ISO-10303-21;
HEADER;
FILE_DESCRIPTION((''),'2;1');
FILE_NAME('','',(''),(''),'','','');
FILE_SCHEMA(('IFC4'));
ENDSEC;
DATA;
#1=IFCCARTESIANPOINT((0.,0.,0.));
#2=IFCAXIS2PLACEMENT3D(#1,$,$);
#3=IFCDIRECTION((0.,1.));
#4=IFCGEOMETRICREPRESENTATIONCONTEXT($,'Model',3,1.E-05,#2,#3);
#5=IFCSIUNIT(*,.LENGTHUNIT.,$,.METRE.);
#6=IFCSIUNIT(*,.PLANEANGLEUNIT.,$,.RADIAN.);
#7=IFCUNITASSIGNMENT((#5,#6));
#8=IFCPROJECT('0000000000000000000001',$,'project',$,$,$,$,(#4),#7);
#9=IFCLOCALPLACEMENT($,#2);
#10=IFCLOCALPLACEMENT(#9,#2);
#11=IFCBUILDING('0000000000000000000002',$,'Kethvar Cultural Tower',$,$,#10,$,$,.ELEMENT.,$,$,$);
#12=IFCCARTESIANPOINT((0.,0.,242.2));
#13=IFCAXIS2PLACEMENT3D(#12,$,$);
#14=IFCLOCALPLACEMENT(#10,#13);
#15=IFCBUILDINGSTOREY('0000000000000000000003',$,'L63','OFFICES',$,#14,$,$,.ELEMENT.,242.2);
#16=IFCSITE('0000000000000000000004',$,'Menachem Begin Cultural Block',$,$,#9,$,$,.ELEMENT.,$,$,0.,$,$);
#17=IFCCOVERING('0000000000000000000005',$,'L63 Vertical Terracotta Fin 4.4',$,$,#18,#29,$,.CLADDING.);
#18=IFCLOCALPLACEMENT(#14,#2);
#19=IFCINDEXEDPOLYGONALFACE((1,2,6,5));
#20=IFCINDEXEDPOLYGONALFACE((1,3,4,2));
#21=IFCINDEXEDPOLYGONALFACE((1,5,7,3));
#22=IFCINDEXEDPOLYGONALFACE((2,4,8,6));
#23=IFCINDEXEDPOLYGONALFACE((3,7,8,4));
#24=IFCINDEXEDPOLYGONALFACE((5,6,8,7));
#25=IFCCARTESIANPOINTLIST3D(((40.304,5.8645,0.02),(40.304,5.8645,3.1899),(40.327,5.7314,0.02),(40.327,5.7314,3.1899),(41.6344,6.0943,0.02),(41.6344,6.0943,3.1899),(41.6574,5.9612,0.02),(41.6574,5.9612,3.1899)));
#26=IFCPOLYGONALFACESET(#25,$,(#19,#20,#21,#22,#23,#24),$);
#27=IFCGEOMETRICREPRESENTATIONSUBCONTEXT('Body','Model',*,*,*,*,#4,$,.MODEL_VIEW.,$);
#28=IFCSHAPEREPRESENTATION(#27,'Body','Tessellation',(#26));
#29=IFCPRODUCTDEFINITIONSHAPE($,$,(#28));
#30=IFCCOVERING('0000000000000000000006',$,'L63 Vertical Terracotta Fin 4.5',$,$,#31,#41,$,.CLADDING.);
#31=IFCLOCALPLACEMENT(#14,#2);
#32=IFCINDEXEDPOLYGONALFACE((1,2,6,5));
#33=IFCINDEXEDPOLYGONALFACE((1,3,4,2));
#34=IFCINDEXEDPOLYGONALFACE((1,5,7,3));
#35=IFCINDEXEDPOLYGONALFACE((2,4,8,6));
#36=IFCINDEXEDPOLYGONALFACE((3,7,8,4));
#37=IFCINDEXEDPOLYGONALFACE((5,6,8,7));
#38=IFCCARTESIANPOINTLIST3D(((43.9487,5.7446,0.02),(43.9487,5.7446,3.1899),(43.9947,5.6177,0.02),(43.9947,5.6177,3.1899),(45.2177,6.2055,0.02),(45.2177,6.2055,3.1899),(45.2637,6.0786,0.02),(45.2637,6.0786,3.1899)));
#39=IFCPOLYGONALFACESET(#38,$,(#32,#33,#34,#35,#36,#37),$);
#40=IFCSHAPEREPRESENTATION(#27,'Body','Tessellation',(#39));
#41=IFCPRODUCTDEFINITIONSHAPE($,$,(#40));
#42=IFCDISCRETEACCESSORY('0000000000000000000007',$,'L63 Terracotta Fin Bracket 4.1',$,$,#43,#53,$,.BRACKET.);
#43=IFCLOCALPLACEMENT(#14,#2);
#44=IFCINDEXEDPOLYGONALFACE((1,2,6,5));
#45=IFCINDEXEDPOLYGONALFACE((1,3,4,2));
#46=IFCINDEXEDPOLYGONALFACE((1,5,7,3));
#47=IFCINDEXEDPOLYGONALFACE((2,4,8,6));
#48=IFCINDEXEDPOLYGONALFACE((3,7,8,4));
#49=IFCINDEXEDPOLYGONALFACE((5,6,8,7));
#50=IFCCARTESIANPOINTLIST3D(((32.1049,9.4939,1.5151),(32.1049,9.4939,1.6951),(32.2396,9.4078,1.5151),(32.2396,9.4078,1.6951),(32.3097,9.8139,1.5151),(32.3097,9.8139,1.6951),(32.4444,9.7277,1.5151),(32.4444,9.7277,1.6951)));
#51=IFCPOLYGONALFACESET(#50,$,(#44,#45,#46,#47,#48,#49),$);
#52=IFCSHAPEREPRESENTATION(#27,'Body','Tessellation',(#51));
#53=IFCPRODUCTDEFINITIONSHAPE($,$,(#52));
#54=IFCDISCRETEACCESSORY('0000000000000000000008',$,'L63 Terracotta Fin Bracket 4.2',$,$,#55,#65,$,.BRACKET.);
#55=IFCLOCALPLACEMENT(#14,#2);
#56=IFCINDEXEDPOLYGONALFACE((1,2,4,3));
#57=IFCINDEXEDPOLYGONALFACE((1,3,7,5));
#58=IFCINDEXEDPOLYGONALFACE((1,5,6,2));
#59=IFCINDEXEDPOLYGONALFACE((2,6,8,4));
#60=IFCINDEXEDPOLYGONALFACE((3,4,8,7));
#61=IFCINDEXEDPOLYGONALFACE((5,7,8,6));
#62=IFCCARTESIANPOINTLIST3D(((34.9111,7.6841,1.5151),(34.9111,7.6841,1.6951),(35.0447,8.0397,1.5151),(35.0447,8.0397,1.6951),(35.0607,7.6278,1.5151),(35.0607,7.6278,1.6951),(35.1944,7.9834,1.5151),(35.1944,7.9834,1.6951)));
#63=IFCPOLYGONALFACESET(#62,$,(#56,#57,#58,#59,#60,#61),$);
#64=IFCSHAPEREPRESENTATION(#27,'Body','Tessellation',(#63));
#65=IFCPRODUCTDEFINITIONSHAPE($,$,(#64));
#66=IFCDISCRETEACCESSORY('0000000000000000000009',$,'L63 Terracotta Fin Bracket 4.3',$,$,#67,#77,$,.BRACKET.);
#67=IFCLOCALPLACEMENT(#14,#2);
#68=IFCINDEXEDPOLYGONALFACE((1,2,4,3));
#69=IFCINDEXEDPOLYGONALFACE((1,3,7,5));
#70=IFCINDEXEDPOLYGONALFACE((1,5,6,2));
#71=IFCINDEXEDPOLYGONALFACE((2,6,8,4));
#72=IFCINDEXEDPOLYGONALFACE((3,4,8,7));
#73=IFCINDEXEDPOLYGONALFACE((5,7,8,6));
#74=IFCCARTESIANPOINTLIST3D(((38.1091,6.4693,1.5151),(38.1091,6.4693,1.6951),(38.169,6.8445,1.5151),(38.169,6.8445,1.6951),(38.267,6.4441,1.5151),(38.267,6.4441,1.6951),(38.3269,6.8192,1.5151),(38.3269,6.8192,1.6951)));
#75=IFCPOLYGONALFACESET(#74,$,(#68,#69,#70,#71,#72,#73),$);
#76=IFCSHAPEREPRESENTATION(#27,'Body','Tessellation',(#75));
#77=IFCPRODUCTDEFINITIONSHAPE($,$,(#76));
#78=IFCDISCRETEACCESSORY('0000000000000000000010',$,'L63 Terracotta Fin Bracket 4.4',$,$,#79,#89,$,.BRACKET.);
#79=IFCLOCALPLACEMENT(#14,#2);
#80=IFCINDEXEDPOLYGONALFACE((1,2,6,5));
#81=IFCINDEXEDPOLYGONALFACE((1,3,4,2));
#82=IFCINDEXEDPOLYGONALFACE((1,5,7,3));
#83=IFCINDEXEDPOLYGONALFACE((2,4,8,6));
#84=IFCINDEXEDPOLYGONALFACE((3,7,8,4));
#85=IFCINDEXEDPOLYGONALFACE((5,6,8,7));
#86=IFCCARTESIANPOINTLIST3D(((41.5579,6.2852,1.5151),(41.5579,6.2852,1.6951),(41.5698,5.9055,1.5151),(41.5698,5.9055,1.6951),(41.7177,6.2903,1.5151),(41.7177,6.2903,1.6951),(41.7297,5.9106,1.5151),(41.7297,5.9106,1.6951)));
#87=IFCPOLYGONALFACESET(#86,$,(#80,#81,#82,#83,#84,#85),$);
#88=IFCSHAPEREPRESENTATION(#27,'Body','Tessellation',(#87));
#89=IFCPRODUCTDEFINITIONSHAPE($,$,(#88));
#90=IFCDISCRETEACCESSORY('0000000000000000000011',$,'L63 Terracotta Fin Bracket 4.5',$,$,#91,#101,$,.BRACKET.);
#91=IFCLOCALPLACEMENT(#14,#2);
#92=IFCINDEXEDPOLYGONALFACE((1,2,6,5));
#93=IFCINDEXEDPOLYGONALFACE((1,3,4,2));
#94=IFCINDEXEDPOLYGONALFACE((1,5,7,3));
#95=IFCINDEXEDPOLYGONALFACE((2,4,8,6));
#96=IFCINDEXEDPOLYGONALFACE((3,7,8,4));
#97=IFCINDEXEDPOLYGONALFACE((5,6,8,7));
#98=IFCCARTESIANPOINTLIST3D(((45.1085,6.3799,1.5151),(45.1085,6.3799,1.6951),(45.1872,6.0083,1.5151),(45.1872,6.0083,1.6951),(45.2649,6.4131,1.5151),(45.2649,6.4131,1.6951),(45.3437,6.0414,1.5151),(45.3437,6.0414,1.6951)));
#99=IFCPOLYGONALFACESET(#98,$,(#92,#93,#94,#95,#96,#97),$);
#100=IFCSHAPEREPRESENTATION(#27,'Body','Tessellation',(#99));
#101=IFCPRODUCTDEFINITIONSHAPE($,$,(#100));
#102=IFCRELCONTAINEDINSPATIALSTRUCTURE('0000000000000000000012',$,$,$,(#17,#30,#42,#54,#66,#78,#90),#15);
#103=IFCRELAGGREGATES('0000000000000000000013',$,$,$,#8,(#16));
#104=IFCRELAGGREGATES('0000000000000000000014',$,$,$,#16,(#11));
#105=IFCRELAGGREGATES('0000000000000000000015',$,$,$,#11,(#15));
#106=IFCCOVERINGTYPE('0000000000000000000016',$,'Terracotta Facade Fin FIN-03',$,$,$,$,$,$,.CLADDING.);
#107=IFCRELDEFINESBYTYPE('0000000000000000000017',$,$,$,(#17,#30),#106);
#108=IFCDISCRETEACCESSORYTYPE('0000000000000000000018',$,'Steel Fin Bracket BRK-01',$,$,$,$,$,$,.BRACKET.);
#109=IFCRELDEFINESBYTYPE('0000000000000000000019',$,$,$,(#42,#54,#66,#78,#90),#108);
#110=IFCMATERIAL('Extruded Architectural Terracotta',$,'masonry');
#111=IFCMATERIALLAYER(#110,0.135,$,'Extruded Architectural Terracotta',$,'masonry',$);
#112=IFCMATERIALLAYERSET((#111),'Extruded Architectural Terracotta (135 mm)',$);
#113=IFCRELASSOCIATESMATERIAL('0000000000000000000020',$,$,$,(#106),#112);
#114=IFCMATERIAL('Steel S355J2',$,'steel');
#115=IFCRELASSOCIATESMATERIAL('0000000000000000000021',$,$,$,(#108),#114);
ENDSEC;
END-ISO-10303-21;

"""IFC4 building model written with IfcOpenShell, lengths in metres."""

from ifc_helpers import new_model, si_unit, direction, frame, origin, origin_2d, place, context, subcontext, project, spatial, rectangle, extrude, source, transform, mapped, material, layer, layer_set, type_object, element, save


model = new_model("IFC4")

# Units and contexts
model_context = context("Model", 3, precision=1e-05, world=origin(), true_north=direction((0.0, 1.0)))
body_context = subcontext(model_context, "Body", "Model", "MODEL_VIEW")
ifc_project = project(units=[si_unit("LENGTHUNIT", "METRE"), si_unit("PLANEANGLEUNIT", "RADIAN")], contexts=[model_context])

# Site, building, storey
site_placement = place(None, origin())
site = spatial("IfcSite", under=ifc_project, at=site_placement, Name="Menachem Begin Cultural Block", CompositionType="ELEMENT", RefElevation=0.0)
building_placement = place(site_placement, origin())
building = spatial("IfcBuilding", under=site, at=building_placement, Name="Kethvar Cultural Tower", CompositionType="ELEMENT")
storey_placement = place(building_placement, frame((0.0, 0.0, 242.2)))
storey = spatial("IfcBuildingStorey", under=building, at=storey_placement, Name="L63", Description="OFFICES", CompositionType="ELEMENT", Elevation=242.2)

# Shared definitions
ifc_material_1 = material(Name="Steel S355J2", Category="steel")

# Coverings
ifc_material_2 = material(Name="Extruded Architectural Terracotta", Category="masonry")
ifc_layer_1 = layer(ifc_material_2, 0.135, Name="Extruded Architectural Terracotta", Category="masonry")
ifc_layer_set_1 = layer_set([ifc_layer_1], Name="Extruded Architectural Terracotta (135 mm)")
covering_type = type_object("IfcCoveringType", Name="Terracotta Facade Fin FIN-03", PredefinedType="CLADDING", material=ifc_layer_set_1)
shared_shape_1 = source(origin(), body_context, "Body", "SweptSolid", [
    extrude(rectangle(XDim=1.3501, YDim=0.135, at=origin_2d()), origin(), (0.0, 0.0, 1.0), 3.1699),
])
for number, where, z_axis, x_axis, name in (
    (1, (40.9807, 5.9128, 0.02), (0.0, 0.0, 1.0), (-0.985408, -0.170209, 0.0), "L63 Vertical Terracotta Fin 4.4"),
    (2, (44.6062, 5.9116, 0.02), (0.0, 0.0, 1.0), (-0.939931, -0.341364, 0.0), "L63 Vertical Terracotta Fin 4.5"),
):
    element("IfcCovering", number, at=place(storey_placement, frame(where, z_axis=z_axis, x_axis=x_axis)), inside=storey, type_object=covering_type, Name=name, PredefinedType="CLADDING", context=body_context, shape_type="MappedRepresentation", body=[
        mapped(shared_shape_1, transform((0.0, 0.0, 0.0), scale=1.0)),
    ])

# Discrete accessories
discrete_accessory_type = type_object("IfcDiscreteAccessoryType", Name="Steel Fin Bracket BRK-01", PredefinedType="BRACKET", material=ifc_material_1)
shared_shape_2 = source(origin(), body_context, "Body", "SweptSolid", [
    extrude(rectangle(XDim=0.3799, YDim=0.1599, at=origin_2d()), origin(), (0.0, 0.0, 1.0), 0.1799),
])
for number, where, z_axis, x_axis, name in (
    (3, (32.2747, 9.6108, 1.5151), (0.0, 0.0, 1.0), (-0.538918, -0.842358, 0.0), "L63 Terracotta Fin Bracket 4.1"),
    (4, (35.0527, 7.8337, 1.5151), (0.0, 0.0, 1.0), (-0.351842, -0.93606, 0.0), "L63 Terracotta Fin Bracket 4.2"),
    (5, (38.218, 6.6443, 1.5151), (0.0, 0.0, 1.0), (-0.157641, -0.987496, 0.0), "L63 Terracotta Fin Bracket 4.3"),
    (6, (41.6438, 6.0979, 1.5151), (0.0, 0.0, 1.0), (0.031411, -0.999507, 0.0), "L63 Terracotta Fin Bracket 4.4"),
    (7, (45.2261, 6.2107, 1.5151), (0.0, 0.0, 1.0), (0.207229, -0.978293, 0.0), "L63 Terracotta Fin Bracket 4.5"),
):
    element("IfcDiscreteAccessory", number, at=place(storey_placement, frame(where, z_axis=z_axis, x_axis=x_axis)), inside=storey, type_object=discrete_accessory_type, Name=name, PredefinedType="BRACKET", context=body_context, shape_type="MappedRepresentation", body=[
        mapped(shared_shape_2, transform((0.0, 0.0, 0.0), scale=1.0)),
    ])

save(model, "model.ifc")
